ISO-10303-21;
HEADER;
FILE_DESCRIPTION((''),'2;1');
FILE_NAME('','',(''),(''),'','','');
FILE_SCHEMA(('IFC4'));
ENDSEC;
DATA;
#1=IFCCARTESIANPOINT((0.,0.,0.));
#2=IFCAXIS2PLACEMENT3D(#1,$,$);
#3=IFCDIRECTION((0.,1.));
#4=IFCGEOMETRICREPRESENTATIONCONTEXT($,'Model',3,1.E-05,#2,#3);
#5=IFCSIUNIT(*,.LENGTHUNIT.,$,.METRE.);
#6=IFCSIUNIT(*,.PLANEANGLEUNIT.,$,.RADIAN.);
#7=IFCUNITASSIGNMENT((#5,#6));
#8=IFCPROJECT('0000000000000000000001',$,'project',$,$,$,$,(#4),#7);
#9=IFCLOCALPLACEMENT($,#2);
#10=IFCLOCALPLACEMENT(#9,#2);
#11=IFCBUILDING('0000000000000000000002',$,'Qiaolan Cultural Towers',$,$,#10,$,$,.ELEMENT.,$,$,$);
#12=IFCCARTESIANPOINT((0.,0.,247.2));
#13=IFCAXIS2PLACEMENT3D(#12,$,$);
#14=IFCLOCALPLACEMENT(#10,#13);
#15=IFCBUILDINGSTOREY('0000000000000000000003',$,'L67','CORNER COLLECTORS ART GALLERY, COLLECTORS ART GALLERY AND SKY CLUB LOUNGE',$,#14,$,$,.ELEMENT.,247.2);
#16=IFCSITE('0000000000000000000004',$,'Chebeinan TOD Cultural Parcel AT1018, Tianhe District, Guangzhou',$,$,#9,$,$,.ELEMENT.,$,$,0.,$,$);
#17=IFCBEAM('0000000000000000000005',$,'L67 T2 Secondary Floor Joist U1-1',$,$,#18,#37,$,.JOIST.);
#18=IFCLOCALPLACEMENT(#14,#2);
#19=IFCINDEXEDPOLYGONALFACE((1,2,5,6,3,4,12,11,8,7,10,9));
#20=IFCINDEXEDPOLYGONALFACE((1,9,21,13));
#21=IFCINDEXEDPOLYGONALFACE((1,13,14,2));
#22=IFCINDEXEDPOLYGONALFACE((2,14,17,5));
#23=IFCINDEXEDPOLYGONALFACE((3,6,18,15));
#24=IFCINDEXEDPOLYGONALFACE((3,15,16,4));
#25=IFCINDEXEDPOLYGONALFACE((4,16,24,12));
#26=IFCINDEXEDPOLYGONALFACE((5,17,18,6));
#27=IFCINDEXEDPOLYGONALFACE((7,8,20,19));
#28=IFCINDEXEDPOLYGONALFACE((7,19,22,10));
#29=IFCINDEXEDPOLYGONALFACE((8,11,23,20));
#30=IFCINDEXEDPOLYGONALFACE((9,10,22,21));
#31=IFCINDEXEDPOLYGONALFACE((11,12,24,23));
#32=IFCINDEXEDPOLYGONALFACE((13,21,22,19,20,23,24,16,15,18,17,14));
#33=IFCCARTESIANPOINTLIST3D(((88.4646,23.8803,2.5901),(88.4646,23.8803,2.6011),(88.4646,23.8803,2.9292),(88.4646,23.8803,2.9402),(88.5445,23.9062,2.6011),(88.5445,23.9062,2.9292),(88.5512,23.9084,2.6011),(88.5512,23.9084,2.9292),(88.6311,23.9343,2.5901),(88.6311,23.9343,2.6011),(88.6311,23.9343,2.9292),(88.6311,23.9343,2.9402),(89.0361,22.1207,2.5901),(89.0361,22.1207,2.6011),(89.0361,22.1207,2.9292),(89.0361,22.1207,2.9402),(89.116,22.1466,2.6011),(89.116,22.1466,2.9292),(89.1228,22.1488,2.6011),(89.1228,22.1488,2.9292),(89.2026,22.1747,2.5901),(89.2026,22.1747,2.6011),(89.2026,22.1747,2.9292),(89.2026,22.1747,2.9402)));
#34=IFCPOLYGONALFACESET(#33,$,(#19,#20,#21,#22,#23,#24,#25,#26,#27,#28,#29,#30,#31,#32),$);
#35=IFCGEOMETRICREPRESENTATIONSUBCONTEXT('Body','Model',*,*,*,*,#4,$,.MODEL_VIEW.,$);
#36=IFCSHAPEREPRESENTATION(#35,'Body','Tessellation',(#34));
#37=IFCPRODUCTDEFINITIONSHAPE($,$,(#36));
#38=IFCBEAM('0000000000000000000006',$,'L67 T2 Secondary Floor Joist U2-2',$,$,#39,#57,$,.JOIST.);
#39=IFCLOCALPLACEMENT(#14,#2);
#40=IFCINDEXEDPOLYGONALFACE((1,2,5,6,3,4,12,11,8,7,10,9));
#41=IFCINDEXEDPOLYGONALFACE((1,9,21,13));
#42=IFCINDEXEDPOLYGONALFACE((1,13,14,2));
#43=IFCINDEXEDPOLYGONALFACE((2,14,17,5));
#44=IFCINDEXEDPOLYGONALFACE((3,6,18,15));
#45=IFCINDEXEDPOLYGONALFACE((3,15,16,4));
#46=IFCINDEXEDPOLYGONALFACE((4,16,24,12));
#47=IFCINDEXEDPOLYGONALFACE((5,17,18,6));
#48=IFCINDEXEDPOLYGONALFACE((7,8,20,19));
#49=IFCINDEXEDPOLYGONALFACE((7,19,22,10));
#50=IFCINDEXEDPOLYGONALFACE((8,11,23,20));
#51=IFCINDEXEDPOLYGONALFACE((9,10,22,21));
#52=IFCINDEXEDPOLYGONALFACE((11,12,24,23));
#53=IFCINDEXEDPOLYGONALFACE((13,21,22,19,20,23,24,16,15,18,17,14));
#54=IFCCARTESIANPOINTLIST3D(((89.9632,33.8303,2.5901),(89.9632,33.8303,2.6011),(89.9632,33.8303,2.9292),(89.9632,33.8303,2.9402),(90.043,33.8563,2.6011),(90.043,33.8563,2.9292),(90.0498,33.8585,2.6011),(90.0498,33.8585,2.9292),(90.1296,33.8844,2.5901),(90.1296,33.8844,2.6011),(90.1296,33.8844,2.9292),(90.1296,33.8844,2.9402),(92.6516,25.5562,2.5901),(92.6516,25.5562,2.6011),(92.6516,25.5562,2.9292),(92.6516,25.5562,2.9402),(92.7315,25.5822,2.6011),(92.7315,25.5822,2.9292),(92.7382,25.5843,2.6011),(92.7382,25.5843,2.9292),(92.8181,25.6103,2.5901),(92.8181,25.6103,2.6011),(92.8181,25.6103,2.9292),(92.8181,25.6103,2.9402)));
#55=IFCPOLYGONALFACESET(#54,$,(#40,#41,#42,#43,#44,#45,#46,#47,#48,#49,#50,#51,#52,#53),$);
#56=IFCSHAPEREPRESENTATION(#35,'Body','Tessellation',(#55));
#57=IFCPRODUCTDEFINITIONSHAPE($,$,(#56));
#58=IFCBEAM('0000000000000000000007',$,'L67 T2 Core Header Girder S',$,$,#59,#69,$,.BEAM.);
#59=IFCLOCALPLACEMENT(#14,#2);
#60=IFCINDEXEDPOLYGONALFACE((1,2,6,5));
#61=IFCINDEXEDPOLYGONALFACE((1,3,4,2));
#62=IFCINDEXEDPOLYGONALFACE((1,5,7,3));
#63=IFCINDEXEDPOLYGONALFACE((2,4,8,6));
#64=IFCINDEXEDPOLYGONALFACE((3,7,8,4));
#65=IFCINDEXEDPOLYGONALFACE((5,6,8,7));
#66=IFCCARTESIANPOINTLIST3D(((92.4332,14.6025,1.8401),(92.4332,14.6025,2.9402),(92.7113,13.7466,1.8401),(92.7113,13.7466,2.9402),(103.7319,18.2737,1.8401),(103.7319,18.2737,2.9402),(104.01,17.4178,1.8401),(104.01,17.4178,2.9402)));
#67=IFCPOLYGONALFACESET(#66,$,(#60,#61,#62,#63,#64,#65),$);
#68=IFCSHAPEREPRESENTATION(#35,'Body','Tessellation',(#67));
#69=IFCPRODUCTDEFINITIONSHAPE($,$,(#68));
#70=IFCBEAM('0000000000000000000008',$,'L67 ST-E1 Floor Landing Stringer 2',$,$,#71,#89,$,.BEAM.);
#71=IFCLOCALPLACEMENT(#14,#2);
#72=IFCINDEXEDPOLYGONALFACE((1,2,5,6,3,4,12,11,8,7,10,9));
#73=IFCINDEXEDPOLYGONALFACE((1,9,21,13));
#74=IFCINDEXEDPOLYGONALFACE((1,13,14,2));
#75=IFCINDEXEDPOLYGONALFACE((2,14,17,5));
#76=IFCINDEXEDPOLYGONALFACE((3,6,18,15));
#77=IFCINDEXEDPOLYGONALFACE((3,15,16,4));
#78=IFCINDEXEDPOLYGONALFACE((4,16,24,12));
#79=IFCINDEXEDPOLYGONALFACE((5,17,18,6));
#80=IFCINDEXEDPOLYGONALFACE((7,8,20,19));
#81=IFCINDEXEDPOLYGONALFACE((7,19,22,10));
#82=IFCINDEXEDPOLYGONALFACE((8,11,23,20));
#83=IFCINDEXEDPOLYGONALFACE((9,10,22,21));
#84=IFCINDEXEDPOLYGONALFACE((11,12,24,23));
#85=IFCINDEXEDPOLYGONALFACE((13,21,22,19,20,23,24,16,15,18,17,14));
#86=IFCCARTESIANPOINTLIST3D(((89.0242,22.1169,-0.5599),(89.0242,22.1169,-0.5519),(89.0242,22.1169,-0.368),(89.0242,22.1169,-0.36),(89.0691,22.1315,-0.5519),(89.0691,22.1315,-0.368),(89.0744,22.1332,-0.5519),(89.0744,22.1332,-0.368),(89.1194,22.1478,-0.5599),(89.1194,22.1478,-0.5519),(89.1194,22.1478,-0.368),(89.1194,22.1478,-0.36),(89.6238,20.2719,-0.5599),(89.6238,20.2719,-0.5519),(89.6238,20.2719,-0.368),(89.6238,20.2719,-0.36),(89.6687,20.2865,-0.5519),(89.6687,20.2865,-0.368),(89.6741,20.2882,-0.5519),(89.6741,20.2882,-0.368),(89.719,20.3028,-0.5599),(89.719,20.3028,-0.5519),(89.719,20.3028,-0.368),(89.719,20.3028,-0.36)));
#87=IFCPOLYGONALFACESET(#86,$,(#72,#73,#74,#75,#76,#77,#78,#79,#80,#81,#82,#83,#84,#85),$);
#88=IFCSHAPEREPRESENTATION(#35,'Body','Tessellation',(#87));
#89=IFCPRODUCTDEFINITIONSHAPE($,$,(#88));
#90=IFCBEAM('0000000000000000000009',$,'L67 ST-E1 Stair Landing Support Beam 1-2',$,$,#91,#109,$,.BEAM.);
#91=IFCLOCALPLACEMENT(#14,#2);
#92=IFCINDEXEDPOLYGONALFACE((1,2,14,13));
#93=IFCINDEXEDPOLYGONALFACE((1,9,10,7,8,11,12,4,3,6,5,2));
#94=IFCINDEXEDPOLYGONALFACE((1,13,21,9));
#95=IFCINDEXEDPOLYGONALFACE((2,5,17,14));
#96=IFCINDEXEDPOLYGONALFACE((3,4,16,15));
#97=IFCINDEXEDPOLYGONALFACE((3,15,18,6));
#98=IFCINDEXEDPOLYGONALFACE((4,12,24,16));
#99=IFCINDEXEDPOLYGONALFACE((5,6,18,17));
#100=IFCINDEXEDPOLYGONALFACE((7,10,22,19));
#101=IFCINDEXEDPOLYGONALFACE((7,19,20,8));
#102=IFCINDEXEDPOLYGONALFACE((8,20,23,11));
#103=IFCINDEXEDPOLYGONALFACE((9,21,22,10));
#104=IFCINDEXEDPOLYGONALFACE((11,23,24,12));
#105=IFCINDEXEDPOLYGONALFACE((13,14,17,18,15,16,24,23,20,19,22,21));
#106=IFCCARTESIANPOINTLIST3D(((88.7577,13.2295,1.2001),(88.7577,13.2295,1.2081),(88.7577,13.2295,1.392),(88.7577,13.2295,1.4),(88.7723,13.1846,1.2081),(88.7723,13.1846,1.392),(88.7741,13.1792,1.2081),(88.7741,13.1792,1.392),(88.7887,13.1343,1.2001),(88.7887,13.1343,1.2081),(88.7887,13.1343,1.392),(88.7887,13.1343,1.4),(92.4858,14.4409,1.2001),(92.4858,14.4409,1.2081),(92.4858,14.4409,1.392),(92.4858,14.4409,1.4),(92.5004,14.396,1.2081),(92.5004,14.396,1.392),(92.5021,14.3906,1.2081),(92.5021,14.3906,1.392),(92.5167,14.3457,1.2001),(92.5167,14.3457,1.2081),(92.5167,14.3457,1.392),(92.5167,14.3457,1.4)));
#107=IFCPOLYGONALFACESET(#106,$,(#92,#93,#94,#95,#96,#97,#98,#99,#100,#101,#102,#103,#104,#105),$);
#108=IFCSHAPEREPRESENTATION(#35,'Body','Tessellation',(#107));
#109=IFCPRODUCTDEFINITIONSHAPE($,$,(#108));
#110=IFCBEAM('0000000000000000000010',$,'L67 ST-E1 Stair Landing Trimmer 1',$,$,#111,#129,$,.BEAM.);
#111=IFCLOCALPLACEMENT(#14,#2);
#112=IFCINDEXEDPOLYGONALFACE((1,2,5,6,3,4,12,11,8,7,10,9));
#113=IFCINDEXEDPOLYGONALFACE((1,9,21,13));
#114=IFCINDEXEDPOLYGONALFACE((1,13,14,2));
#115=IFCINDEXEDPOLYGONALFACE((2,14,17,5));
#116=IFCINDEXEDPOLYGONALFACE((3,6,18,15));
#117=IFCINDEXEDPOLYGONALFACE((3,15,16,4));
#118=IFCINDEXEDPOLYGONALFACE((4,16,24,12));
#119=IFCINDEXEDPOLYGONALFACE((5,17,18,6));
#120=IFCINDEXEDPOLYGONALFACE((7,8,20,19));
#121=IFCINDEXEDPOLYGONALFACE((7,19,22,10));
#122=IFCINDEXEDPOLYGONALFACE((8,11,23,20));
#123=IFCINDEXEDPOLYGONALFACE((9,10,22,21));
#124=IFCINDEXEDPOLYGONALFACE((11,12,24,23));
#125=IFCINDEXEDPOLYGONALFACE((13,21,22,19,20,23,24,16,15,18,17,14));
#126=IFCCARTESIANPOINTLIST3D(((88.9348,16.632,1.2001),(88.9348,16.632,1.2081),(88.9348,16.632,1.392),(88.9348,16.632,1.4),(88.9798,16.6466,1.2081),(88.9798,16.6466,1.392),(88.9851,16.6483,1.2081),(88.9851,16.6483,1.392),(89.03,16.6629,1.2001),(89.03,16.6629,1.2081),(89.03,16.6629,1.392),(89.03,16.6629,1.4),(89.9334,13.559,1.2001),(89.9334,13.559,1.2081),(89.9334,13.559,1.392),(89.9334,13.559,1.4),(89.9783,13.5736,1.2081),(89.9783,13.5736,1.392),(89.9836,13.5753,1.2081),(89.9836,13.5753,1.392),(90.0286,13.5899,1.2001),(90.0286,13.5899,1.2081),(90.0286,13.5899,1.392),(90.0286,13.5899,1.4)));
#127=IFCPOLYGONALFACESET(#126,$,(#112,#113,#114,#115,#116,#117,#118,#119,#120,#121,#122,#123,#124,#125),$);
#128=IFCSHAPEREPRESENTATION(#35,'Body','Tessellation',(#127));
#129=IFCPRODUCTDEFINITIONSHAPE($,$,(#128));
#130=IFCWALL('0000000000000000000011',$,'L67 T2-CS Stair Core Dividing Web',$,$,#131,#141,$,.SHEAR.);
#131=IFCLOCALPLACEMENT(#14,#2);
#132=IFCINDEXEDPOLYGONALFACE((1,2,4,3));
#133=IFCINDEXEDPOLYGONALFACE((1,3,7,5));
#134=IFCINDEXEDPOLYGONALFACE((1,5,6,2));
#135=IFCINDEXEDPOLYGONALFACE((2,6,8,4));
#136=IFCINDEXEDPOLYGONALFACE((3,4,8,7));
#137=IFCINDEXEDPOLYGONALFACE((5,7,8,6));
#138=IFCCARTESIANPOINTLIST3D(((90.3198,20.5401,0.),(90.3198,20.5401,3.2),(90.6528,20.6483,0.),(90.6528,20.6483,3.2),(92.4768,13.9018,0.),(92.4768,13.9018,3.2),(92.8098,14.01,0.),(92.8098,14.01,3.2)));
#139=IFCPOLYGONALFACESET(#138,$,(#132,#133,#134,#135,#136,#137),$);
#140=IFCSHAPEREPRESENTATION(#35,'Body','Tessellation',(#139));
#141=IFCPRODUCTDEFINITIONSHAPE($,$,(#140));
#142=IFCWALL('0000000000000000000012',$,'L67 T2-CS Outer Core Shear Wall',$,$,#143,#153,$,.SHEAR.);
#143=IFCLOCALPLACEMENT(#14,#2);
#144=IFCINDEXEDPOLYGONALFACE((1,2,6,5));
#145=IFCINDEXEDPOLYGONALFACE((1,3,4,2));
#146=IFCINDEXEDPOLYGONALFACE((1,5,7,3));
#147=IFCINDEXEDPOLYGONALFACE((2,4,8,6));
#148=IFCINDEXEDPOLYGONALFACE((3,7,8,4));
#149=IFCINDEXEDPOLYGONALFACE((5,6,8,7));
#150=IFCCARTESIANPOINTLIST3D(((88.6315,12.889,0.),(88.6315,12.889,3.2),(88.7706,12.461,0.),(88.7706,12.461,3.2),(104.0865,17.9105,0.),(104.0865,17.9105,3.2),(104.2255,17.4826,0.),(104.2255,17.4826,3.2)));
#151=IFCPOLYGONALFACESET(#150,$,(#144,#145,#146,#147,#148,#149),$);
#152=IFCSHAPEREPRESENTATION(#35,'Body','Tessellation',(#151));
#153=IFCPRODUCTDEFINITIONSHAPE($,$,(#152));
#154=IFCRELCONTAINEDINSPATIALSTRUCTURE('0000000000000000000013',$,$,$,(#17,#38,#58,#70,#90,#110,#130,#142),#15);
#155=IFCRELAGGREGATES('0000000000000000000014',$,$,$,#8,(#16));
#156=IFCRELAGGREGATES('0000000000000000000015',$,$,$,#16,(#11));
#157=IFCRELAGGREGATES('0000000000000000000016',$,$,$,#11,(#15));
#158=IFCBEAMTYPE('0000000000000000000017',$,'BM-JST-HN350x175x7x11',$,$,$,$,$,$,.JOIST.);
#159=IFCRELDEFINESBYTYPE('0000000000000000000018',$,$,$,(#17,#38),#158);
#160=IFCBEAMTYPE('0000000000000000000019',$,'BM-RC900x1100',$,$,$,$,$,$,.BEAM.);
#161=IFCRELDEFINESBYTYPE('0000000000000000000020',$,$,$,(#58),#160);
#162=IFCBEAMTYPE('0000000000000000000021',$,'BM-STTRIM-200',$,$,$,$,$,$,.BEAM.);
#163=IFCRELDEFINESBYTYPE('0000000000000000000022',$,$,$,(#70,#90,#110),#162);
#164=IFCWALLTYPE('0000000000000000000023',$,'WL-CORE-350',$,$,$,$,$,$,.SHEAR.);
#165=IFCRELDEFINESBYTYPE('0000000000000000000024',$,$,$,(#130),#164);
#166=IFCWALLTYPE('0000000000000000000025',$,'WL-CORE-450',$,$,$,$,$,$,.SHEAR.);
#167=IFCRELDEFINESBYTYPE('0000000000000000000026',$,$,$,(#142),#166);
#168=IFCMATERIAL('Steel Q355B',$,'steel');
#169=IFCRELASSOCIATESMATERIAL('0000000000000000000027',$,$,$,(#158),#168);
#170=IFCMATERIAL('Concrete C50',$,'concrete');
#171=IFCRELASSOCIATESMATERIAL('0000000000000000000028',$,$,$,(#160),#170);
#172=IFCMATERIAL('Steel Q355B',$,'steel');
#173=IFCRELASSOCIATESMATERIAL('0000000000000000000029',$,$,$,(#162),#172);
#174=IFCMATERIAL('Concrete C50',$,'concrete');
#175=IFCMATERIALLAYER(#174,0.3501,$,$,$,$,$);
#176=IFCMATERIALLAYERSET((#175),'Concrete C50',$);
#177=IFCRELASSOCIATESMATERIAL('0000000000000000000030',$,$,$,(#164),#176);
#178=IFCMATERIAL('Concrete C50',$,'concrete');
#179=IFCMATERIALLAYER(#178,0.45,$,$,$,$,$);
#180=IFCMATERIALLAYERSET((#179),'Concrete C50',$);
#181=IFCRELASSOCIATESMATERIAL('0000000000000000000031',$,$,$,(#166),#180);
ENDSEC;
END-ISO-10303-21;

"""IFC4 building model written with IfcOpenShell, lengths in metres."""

from ifc_helpers import new_model, si_unit, direction, frame, frame_2d, origin, origin_2d, place, context, subcontext, project, spatial, rectangle, i_section, extrude, material, layer, layer_set, material_profile, profile_set, type_object, element, save


model = new_model("IFC4")

# Units and contexts
model_context = context("Model", 3, precision=1e-05, world=origin(), true_north=direction((0.0, 1.0)))
body_context = subcontext(model_context, "Body", "Model", "MODEL_VIEW")
ifc_project = project(units=[si_unit("LENGTHUNIT", "METRE"), si_unit("PLANEANGLEUNIT", "RADIAN")], contexts=[model_context])

# Site, building, storey
site_placement = place(None, origin())
site = spatial("IfcSite", under=ifc_project, at=site_placement, Name="Chebeinan TOD Cultural Parcel AT1018, Tianhe District, Guangzhou", CompositionType="ELEMENT", RefElevation=0.0)
building_placement = place(site_placement, origin())
building = spatial("IfcBuilding", under=site, at=building_placement, Name="Qiaolan Cultural Towers", CompositionType="ELEMENT")
storey_placement = place(building_placement, frame((0.0, 0.0, 247.2)))
storey = spatial("IfcBuildingStorey", under=building, at=storey_placement, Name="L67", Description="CORNER COLLECTORS ART GALLERY, COLLECTORS ART GALLERY AND SKY CLUB LOUNGE", CompositionType="ELEMENT", Elevation=247.2)

# Beams
ifc_material_1 = material(Name="Steel Q355B", Category="steel")
ifc_material_profile_1 = material_profile(ifc_material_1, i_section(OverallWidth=0.175, OverallDepth=0.3501, WebThickness=0.0071, FlangeThickness=0.011, at=origin_2d()), Name="HN350x175x7x11")
ifc_profile_set_1 = profile_set([ifc_material_profile_1], Name="Steel Q355B")
beam_type_1 = type_object("IfcBeamType", Name="BM-JST-HN350x175x7x11", PredefinedType="JOIST", material=ifc_profile_set_1)
beam_1_placement = place(storey_placement, frame((89.1194, 22.1477, 2.7651), z_axis=(-0.308934, 0.951084, 0.0), x_axis=(-0.951084, -0.308934, 0.0)))
element("IfcBeam", 1, at=beam_1_placement, inside=storey, type_object=beam_type_1, Name="L67 T2 Secondary Floor Joist U1-1", PredefinedType="JOIST", context=body_context, shape_type="SweptSolid", body=[
    extrude(i_section(OverallWidth=0.175, OverallDepth=0.3501, WebThickness=0.0071, FlangeThickness=0.011, at=origin_2d()), origin(), (0.0, 0.0, 1.0), 1.8501),
])
beam_2_placement = place(storey_placement, frame((92.7349, 25.5833, 2.7651), z_axis=(-0.309021, 0.951055, 0.0), x_axis=(-0.951055, -0.309021, 0.0)))
element("IfcBeam", 2, at=beam_2_placement, inside=storey, type_object=beam_type_1, Name="L67 T2 Secondary Floor Joist U2-2", PredefinedType="JOIST", context=body_context, shape_type="SweptSolid", body=[
    extrude(i_section(OverallWidth=0.175, OverallDepth=0.3501, WebThickness=0.0071, FlangeThickness=0.011, at=origin_2d()), origin(), (0.0, 0.0, 1.0), 8.7),
])
ifc_material_2 = material(Name="Concrete C50", Category="concrete")
ifc_material_profile_2 = material_profile(ifc_material_2, rectangle(XDim=0.8999, YDim=1.1001, at=origin_2d()), Name="RC900x1100")
ifc_profile_set_2 = profile_set([ifc_material_profile_2], Name="Concrete C50")
beam_type_2 = type_object("IfcBeamType", Name="BM-RC900x1100", PredefinedType="BEAM", material=ifc_profile_set_2)
beam_3_placement = place(storey_placement, frame((92.5723, 14.1746, 2.3901), z_axis=(0.951056, 0.309018, 0.0), x_axis=(-0.309018, 0.951056, 0.0)))
element("IfcBeam", 3, at=beam_3_placement, inside=storey, type_object=beam_type_2, Name="L67 T2 Core Header Girder S", PredefinedType="BEAM", context=body_context, shape_type="SweptSolid", body=[
    extrude(rectangle(XDim=0.8999, YDim=1.1001, at=origin_2d()), origin(), (0.0, 0.0, 1.0), 11.8801),
])
ifc_material_3 = material(Name="Steel Q355B", Category="steel")
ifc_material_profile_3 = material_profile(ifc_material_3, i_section(OverallWidth=0.1001, OverallDepth=0.2, WebThickness=0.0056, FlangeThickness=0.0081, at=origin_2d()), Name="HN200x100x5.5x8")
ifc_profile_set_3 = profile_set([ifc_material_profile_3], Name="Steel Q355B")
beam_type_3 = type_object("IfcBeamType", Name="BM-STTRIM-200", PredefinedType="BEAM", material=ifc_profile_set_3)
beam_4_placement = place(storey_placement, frame((89.0718, 22.1323, -0.46), z_axis=(0.309083, -0.951035, 0.0), x_axis=(0.951035, 0.309083, 0.0)))
element("IfcBeam", 4, at=beam_4_placement, inside=storey, type_object=beam_type_3, Name="L67 ST-E1 Floor Landing Stringer 2", PredefinedType="BEAM", context=body_context, shape_type="SweptSolid", body=[
    extrude(i_section(OverallWidth=0.1001, OverallDepth=0.2, WebThickness=0.0056, FlangeThickness=0.0081, at=origin_2d()), origin(), (0.0, 0.0, 1.0), 1.9399),
])
beam_5_placement = place(storey_placement, frame((88.7732, 13.1819, 1.3), z_axis=(0.951048, 0.309044, 0.0), x_axis=(-0.309044, 0.951048, 0.0)))
element("IfcBeam", 5, at=beam_5_placement, inside=storey, type_object=beam_type_3, Name="L67 ST-E1 Stair Landing Support Beam 1-2", PredefinedType="BEAM", context=body_context, shape_type="SweptSolid", body=[
    extrude(i_section(OverallWidth=0.1001, OverallDepth=0.2, WebThickness=0.0056, FlangeThickness=0.0081, at=origin_2d()), origin(), (0.0, 0.0, 1.0), 3.9199),
])
beam_6_placement = place(storey_placement, frame((88.9824, 16.6475, 1.3), z_axis=(0.309033, -0.951051, 0.0), x_axis=(0.951051, 0.309033, 0.0)))
element("IfcBeam", 6, at=beam_6_placement, inside=storey, type_object=beam_type_3, Name="L67 ST-E1 Stair Landing Trimmer 1", PredefinedType="BEAM", context=body_context, shape_type="SweptSolid", body=[
    extrude(i_section(OverallWidth=0.1001, OverallDepth=0.2, WebThickness=0.0056, FlangeThickness=0.0081, at=origin_2d()), origin(), (0.0, 0.0, 1.0), 3.2312),
])

# Walls
ifc_material_4 = material(Name="Concrete C50", Category="concrete")
ifc_layer_1 = layer(ifc_material_4, 0.3501)
ifc_layer_set_1 = layer_set([ifc_layer_1], Name="Concrete C50")
wall_type_1 = type_object("IfcWallType", Name="WL-CORE-350", PredefinedType="SHEAR", material=ifc_layer_set_1)
wall_1_placement = place(storey_placement, frame((90.4863, 20.5942, 0.0), z_axis=(0.0, 0.0, 1.0), x_axis=(0.30902, -0.951055, 0.0)))
element("IfcWall", 7, at=wall_1_placement, inside=storey, type_object=wall_type_1, Name="L67 T2-CS Stair Core Dividing Web", PredefinedType="SHEAR", context=body_context, shape_type="SweptSolid", body=[
    extrude(rectangle(XDim=6.98, YDim=0.3501, at=frame_2d((3.49, 0.0))), origin(), (0.0, 0.0, 1.0), 3.2),
])
ifc_material_5 = material(Name="Concrete C50", Category="concrete")
ifc_layer_2 = layer(ifc_material_5, 0.45)
ifc_layer_set_2 = layer_set([ifc_layer_2], Name="Concrete C50")
wall_type_2 = type_object("IfcWallType", Name="WL-CORE-450", PredefinedType="SHEAR", material=ifc_layer_set_2)
wall_2_placement = place(storey_placement, frame((88.7012, 12.675, 0.0), z_axis=(0.0, 0.0, 1.0), x_axis=(0.951058, 0.309012, 0.0)))
element("IfcWall", 8, at=wall_2_placement, inside=storey, type_object=wall_type_2, Name="L67 T2-CS Outer Core Shear Wall", PredefinedType="SHEAR", context=body_context, shape_type="SweptSolid", body=[
    extrude(rectangle(XDim=16.2502, YDim=0.45, at=frame_2d((8.125, 0.0))), origin(), (0.0, 0.0, 1.0), 3.2),
])

save(model, "model.ifc")
